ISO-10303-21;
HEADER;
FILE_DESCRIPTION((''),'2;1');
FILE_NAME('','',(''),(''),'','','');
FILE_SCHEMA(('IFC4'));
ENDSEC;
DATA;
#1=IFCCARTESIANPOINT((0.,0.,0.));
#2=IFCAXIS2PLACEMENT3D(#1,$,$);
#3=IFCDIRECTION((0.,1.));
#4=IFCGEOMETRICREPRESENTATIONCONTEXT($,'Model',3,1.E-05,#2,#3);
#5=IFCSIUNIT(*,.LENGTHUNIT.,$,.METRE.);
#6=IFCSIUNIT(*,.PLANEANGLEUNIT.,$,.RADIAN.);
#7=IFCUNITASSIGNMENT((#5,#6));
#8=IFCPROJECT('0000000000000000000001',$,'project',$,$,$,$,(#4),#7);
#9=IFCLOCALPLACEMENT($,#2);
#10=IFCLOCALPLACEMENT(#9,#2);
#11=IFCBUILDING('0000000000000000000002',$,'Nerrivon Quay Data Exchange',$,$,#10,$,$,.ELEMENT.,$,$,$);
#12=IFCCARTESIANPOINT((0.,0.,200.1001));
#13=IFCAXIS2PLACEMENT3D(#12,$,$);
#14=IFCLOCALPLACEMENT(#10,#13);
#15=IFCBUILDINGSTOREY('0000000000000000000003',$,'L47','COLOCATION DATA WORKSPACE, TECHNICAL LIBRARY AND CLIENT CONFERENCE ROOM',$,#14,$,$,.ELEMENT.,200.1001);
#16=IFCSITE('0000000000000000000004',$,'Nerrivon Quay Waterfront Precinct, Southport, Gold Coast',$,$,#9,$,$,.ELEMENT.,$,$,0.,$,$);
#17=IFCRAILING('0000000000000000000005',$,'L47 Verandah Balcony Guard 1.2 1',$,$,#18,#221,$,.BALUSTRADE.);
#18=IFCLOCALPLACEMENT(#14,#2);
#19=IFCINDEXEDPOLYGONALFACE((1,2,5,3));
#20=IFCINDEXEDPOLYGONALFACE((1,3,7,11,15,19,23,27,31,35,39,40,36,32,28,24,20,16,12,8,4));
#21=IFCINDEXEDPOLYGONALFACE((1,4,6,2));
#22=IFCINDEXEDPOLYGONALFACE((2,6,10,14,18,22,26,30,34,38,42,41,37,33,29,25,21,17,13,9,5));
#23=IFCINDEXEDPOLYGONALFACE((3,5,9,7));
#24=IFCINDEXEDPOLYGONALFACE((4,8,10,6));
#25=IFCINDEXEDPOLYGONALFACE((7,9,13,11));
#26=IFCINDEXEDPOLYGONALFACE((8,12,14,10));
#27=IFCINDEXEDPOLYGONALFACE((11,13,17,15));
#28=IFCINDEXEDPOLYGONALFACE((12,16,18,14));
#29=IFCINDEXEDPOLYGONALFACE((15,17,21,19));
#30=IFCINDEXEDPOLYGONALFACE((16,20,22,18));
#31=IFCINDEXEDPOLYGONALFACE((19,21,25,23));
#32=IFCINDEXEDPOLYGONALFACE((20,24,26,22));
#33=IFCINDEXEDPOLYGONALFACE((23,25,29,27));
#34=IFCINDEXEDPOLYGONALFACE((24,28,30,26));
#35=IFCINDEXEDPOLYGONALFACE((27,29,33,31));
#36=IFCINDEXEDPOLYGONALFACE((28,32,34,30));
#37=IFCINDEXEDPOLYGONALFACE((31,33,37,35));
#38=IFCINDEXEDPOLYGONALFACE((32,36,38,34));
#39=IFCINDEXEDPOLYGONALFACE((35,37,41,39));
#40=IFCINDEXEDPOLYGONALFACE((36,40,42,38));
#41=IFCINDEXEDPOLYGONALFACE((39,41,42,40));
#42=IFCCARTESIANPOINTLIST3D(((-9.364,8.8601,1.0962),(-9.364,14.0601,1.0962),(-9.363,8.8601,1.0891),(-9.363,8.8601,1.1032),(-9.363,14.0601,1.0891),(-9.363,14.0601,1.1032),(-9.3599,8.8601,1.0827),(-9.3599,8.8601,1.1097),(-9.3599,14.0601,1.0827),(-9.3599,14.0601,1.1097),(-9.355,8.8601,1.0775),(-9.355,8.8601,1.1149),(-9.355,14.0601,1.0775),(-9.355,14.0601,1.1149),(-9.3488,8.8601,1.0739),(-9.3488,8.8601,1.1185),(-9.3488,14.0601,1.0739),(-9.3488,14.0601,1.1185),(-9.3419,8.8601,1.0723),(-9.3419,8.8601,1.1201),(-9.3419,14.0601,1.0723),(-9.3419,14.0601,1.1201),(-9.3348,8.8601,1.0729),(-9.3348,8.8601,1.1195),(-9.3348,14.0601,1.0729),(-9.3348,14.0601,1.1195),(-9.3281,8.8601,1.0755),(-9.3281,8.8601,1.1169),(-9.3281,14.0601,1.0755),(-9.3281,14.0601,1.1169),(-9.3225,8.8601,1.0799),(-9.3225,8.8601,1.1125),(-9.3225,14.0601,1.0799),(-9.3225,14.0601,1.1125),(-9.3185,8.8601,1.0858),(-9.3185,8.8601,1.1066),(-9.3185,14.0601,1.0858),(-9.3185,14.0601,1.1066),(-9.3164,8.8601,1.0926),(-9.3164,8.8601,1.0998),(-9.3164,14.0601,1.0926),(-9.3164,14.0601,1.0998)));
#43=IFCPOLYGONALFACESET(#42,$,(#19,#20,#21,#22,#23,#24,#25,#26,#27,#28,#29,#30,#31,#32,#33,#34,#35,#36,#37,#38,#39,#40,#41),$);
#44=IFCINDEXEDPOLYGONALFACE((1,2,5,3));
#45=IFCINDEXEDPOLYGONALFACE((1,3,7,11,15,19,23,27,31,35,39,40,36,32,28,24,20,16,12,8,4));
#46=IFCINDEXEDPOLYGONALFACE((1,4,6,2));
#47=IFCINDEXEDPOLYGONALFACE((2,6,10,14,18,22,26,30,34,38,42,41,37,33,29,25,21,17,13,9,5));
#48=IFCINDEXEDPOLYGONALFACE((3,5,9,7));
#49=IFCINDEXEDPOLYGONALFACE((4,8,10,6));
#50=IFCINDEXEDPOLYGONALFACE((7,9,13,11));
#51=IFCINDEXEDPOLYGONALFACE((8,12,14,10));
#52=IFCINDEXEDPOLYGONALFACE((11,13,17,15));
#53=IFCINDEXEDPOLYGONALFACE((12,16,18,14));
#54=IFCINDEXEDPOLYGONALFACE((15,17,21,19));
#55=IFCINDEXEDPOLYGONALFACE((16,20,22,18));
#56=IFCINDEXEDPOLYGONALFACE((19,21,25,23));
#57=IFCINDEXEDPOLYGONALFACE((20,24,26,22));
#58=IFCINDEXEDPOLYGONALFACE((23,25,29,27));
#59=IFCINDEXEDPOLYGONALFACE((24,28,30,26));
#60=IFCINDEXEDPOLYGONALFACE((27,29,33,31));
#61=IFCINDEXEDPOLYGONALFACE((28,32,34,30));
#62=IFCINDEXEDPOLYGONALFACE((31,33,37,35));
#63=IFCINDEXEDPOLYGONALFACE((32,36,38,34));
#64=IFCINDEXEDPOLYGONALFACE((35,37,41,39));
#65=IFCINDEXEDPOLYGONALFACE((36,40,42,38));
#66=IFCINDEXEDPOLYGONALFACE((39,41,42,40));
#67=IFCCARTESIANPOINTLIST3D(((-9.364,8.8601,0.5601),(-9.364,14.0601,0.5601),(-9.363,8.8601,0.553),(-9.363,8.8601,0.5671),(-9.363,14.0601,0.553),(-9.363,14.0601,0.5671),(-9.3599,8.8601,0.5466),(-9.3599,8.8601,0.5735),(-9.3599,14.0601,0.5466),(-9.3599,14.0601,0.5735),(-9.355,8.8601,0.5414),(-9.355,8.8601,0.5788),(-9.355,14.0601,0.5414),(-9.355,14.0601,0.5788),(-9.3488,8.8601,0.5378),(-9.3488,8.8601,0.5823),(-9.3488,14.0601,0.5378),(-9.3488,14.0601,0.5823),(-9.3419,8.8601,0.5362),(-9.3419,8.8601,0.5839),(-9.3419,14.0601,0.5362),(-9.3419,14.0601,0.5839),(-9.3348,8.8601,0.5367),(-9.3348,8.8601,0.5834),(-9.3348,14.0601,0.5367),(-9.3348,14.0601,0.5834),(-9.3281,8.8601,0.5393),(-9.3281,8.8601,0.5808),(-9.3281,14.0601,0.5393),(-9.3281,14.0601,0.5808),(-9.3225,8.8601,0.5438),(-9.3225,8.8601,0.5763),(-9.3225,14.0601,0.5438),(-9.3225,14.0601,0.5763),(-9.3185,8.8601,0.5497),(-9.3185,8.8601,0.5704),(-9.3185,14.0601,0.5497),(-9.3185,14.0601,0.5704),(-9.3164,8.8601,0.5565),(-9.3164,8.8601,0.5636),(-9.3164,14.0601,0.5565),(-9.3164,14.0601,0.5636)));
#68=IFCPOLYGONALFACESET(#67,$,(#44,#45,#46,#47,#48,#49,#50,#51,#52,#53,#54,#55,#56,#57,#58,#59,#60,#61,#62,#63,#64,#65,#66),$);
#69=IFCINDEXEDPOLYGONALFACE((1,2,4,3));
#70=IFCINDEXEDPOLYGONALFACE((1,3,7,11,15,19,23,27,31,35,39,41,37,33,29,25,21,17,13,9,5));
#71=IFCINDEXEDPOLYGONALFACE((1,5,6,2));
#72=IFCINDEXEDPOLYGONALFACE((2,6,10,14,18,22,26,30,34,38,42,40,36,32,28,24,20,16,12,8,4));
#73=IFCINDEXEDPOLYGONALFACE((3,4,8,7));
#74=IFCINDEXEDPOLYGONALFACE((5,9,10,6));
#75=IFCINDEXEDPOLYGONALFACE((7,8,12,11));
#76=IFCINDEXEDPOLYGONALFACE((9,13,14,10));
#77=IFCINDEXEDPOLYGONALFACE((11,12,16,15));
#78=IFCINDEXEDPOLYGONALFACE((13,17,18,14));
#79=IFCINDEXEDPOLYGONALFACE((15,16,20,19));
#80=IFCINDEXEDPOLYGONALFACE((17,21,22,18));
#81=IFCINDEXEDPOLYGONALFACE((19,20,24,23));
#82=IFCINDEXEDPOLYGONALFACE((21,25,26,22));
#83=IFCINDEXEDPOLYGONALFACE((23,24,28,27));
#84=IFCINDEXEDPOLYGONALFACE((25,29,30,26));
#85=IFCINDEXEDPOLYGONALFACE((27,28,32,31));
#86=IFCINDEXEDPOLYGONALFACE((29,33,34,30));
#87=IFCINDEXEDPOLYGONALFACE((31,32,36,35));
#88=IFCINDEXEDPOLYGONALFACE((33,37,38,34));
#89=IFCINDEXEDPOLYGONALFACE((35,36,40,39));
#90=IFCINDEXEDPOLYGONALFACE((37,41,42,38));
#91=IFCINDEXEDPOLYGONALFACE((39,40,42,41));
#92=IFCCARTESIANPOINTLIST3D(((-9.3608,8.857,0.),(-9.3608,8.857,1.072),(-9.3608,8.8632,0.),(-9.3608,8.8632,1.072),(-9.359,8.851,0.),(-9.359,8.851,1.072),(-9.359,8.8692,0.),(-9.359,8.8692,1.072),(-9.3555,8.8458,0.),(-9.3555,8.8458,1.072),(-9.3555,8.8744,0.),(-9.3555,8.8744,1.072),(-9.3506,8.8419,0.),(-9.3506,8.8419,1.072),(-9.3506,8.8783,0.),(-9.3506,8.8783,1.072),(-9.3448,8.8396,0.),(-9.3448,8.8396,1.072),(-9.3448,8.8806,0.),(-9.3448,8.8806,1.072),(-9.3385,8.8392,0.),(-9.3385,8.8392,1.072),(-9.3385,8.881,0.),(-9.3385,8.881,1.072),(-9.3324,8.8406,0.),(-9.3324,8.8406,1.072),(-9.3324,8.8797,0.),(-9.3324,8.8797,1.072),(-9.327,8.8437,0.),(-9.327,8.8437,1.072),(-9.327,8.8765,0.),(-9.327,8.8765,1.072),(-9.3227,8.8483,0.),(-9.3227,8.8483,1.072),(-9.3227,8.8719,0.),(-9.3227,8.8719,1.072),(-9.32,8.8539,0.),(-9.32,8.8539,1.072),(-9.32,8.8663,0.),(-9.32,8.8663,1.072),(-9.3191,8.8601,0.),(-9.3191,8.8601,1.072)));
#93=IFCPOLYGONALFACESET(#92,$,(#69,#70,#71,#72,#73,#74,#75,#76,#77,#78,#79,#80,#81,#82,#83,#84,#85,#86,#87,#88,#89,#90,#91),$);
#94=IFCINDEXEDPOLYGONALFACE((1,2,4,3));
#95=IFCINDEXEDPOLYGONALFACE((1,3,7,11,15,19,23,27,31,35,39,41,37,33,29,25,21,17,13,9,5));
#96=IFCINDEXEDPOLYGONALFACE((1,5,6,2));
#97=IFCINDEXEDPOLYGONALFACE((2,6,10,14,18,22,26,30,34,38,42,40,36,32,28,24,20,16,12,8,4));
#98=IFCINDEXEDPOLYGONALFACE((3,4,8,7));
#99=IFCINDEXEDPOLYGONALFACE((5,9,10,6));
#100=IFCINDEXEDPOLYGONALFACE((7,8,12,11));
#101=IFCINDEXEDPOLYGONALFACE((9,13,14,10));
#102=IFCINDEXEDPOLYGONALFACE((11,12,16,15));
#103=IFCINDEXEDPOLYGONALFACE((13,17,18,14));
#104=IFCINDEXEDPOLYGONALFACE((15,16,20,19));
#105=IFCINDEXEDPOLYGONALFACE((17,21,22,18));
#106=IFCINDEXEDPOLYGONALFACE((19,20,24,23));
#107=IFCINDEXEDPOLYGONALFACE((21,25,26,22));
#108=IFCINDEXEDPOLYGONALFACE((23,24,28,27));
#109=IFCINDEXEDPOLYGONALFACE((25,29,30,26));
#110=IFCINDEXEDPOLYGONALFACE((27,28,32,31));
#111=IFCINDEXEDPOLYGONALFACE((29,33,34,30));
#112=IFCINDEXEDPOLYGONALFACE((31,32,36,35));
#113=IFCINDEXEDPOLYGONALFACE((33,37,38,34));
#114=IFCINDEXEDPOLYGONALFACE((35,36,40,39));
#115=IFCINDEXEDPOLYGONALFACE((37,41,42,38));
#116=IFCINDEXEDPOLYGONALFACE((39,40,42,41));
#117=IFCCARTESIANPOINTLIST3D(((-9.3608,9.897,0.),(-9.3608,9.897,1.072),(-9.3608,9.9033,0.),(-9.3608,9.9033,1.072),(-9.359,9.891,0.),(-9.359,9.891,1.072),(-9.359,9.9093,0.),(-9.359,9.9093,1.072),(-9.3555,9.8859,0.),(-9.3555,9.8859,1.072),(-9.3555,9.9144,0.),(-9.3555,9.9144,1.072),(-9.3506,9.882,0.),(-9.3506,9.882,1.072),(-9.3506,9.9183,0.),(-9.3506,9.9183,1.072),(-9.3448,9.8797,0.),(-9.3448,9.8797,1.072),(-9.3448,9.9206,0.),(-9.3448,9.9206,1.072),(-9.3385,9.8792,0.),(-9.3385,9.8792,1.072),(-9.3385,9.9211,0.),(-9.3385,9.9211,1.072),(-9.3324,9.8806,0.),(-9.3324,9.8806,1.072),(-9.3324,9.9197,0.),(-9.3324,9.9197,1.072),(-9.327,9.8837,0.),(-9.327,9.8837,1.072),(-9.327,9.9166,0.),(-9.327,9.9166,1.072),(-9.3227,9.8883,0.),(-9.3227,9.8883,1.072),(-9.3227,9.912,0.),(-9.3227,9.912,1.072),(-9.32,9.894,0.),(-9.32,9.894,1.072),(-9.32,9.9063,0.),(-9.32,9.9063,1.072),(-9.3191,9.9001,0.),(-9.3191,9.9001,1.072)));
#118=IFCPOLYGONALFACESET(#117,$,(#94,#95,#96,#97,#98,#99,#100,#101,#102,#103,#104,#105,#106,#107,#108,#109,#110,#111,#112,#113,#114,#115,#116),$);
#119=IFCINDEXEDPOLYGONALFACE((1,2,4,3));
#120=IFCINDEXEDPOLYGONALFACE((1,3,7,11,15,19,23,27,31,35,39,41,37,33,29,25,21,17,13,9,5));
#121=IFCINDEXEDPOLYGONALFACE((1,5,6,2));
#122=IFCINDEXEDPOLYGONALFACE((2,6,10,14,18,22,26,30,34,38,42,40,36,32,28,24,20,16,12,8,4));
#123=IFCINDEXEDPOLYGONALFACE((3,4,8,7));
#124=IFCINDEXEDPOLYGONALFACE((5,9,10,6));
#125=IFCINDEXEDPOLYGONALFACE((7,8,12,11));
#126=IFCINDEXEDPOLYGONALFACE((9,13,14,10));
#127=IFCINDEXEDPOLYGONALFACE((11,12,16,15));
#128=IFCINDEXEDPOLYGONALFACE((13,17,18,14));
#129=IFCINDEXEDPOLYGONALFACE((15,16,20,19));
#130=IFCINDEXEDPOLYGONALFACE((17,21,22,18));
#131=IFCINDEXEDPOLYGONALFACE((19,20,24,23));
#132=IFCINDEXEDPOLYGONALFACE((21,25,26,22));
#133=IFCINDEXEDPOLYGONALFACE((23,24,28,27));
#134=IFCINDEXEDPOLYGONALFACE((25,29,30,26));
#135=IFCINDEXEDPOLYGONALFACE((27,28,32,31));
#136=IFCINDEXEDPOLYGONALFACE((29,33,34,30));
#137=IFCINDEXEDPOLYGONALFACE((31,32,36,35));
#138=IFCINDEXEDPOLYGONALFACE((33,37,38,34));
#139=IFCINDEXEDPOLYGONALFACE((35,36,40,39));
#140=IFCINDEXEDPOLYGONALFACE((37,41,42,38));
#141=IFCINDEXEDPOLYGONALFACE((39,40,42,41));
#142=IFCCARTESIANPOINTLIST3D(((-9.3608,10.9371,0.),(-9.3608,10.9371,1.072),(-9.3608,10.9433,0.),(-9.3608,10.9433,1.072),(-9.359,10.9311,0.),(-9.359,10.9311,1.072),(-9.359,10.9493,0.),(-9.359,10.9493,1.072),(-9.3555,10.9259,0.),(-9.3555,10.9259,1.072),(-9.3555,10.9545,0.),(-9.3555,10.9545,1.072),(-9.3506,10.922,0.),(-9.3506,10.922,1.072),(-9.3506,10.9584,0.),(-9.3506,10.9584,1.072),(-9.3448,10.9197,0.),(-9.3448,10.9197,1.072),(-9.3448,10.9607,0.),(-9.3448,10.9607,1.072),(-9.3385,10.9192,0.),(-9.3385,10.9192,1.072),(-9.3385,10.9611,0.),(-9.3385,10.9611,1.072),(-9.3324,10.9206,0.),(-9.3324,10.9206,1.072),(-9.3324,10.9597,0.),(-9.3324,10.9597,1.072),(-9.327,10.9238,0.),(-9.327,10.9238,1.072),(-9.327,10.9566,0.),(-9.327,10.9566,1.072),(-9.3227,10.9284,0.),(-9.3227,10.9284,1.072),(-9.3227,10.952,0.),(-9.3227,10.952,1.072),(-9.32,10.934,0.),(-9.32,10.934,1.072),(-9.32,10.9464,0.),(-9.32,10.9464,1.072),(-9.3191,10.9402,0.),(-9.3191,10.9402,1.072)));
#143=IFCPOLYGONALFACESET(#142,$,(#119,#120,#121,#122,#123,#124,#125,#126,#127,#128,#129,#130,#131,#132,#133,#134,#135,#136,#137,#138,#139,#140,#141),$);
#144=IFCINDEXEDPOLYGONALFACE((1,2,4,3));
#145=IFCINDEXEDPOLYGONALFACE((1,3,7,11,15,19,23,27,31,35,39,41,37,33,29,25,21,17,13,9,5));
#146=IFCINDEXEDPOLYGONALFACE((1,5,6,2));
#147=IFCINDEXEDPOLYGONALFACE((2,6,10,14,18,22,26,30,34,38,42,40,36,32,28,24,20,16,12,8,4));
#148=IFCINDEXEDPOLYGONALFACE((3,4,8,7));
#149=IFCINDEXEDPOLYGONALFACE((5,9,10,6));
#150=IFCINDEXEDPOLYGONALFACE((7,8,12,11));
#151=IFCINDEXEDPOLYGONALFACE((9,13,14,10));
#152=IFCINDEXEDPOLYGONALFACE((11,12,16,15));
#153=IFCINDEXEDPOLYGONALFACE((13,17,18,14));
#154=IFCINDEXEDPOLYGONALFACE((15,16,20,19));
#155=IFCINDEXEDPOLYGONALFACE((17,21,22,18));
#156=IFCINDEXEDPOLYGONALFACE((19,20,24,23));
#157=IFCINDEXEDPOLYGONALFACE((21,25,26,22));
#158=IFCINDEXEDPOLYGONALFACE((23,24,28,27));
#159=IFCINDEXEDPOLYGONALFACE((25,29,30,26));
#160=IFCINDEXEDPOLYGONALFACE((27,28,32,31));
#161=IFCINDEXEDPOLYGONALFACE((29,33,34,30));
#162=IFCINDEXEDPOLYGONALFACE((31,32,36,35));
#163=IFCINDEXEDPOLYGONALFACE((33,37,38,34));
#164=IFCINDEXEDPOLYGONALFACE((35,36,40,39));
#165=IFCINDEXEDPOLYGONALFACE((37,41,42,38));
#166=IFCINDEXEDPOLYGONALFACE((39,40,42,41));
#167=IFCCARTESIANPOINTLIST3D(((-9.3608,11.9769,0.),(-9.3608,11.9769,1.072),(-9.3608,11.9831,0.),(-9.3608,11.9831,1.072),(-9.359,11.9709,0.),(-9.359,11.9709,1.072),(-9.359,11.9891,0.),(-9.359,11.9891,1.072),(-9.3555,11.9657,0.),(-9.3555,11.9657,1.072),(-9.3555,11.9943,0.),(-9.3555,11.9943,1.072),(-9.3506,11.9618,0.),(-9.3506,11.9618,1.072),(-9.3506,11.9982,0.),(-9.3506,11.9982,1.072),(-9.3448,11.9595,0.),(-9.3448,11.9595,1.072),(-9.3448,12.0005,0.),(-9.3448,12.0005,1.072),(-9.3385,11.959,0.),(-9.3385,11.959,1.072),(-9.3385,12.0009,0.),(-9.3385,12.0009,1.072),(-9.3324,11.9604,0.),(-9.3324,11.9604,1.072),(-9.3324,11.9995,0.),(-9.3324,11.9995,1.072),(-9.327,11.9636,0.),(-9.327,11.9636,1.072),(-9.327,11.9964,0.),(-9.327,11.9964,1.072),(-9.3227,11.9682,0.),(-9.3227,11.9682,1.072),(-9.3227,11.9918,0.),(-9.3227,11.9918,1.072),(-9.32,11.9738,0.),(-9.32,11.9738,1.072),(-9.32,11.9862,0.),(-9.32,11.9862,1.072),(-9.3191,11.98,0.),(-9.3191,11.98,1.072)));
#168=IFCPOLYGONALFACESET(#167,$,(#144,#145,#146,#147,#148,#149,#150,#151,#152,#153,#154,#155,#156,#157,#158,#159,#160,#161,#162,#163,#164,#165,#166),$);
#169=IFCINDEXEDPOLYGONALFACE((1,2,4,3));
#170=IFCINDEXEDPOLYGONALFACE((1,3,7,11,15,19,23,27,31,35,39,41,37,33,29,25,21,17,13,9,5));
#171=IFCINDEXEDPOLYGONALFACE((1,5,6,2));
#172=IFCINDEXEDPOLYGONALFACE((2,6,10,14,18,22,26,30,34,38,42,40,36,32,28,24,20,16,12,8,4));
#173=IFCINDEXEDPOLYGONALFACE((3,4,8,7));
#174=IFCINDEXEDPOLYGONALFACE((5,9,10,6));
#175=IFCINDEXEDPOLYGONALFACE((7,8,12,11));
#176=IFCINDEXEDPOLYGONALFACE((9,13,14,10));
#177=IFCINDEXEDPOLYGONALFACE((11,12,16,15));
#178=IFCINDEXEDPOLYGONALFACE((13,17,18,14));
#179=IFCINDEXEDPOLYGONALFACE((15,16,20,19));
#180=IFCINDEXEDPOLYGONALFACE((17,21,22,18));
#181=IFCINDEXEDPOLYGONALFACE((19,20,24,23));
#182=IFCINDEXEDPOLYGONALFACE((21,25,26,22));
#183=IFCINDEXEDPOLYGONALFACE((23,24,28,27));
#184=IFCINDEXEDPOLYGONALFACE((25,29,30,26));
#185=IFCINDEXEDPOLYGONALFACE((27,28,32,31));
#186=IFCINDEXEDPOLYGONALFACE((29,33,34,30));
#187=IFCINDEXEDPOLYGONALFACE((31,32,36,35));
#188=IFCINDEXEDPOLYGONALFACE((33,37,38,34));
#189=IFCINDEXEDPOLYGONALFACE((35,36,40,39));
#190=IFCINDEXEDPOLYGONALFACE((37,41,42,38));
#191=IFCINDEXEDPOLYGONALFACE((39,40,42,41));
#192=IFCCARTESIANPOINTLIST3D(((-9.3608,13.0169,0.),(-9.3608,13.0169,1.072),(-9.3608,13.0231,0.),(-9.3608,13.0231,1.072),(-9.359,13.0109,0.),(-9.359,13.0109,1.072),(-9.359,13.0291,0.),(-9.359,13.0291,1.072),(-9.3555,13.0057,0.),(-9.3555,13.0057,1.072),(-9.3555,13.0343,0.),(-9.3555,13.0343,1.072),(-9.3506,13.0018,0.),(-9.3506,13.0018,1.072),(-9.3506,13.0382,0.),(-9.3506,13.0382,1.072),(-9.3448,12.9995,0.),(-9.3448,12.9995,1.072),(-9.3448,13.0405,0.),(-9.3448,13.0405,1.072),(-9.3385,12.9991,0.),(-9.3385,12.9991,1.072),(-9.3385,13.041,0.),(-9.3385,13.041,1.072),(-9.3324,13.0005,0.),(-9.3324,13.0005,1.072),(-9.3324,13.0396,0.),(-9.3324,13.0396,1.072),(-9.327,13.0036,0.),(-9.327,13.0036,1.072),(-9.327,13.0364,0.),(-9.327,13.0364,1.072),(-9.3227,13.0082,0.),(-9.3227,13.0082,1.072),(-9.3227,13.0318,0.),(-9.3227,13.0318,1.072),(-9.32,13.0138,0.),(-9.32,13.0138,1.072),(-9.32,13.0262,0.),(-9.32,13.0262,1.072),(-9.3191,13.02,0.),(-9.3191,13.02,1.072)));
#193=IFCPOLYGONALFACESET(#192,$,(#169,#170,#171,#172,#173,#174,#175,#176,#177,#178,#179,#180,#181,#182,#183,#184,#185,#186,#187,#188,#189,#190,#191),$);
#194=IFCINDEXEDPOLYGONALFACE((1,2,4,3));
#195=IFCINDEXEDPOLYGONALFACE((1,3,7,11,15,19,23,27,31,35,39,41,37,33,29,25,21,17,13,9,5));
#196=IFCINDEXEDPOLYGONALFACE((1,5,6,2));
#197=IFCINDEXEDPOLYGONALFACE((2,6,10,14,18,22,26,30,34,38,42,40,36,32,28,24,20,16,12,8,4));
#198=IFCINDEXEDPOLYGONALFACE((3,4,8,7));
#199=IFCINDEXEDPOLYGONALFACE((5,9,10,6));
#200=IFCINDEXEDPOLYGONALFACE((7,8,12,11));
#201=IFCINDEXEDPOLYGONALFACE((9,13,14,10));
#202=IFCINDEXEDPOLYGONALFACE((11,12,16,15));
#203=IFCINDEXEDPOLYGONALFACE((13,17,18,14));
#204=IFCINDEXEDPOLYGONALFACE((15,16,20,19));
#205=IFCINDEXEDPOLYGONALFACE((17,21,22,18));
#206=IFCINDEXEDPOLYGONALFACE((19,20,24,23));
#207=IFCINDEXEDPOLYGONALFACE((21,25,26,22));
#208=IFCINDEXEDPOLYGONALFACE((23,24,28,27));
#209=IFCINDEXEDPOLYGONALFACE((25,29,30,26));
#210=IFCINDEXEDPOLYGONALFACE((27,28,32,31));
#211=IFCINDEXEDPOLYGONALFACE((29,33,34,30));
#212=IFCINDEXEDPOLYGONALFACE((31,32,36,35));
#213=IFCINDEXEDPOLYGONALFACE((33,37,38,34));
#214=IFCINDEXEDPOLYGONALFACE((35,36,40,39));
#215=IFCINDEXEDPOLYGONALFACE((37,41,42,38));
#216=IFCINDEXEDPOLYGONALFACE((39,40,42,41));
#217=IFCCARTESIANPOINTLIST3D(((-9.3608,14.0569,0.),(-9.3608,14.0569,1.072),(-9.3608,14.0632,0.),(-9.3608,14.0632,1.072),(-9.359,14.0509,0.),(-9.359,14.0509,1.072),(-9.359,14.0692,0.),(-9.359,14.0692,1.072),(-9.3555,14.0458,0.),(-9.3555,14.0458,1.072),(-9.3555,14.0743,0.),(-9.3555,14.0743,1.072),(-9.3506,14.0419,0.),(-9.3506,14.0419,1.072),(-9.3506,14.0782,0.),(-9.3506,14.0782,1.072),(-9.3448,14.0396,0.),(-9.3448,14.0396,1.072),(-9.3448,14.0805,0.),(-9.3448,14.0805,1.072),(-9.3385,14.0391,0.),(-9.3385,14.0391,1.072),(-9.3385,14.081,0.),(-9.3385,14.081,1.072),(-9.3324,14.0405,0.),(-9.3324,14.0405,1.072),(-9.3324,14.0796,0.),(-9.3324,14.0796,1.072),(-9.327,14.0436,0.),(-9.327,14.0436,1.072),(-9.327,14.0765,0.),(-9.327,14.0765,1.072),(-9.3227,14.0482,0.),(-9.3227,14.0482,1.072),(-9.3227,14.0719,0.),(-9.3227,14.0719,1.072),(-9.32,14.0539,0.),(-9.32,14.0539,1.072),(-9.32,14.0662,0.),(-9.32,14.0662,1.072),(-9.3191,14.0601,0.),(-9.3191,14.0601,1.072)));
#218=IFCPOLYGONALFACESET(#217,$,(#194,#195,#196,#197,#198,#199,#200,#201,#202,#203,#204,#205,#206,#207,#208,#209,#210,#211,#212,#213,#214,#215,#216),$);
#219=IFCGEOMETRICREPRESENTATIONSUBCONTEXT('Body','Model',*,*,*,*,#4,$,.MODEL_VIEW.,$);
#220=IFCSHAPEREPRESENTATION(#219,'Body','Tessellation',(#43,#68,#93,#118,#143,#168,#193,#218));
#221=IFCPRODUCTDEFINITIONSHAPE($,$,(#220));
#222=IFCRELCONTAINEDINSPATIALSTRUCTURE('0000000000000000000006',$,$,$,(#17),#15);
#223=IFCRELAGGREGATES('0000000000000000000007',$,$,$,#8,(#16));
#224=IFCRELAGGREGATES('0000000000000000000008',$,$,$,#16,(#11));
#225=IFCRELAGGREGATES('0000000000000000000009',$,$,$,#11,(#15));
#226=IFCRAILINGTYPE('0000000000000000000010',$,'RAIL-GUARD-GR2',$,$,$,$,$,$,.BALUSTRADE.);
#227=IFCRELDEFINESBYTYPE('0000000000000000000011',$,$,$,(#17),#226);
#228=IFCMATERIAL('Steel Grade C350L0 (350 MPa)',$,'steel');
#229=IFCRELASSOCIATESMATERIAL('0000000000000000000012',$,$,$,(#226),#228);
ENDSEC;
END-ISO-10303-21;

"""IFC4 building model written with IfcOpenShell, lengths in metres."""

from ifc_helpers import new_model, si_unit, direction, frame, origin, origin_2d, place, context, subcontext, project, spatial, circle, extrude, material, type_object, element, save


model = new_model("IFC4")

# Units and contexts
model_context = context("Model", 3, precision=1e-05, world=origin(), true_north=direction((0.0, 1.0)))
body_context = subcontext(model_context, "Body", "Model", "MODEL_VIEW")
ifc_project = project(units=[si_unit("LENGTHUNIT", "METRE"), si_unit("PLANEANGLEUNIT", "RADIAN")], contexts=[model_context])

# Site, building, storey
site_placement = place(None, origin())
site = spatial("IfcSite", under=ifc_project, at=site_placement, Name="Nerrivon Quay Waterfront Precinct, Southport, Gold Coast", CompositionType="ELEMENT", RefElevation=0.0)
building_placement = place(site_placement, origin())
building = spatial("IfcBuilding", under=site, at=building_placement, Name="Nerrivon Quay Data Exchange", CompositionType="ELEMENT")
storey_placement = place(building_placement, frame((0.0, 0.0, 200.1001)))
storey = spatial("IfcBuildingStorey", under=building, at=storey_placement, Name="L47", Description="COLOCATION DATA WORKSPACE, TECHNICAL LIBRARY AND CLIENT CONFERENCE ROOM", CompositionType="ELEMENT", Elevation=200.1001)

# Railing
ifc_material_1 = material(Name="Steel Grade C350L0 (350 MPa)", Category="steel")
railing_type = type_object("IfcRailingType", Name="RAIL-GUARD-GR2", PredefinedType="BALUSTRADE", material=ifc_material_1)
railing_1_placement = place(storey_placement, frame((-9.3401, 8.8601, 0.0)))
element("IfcRailing", 1, at=railing_1_placement, inside=storey, type_object=railing_type, Name="L47 Verandah Balcony Guard 1.2 1", PredefinedType="BALUSTRADE", context=body_context, shape_type="SweptSolid", body=[
    extrude(circle(Radius=0.0239, at=origin_2d()), frame((0.0, 0.0, 1.0962), z_axis=(0.0, 1.0, 0.0), x_axis=(-1.0, 0.0, 0.0)), (0.0, 0.0, 1.0), 5.2),
    extrude(circle(Radius=0.0239, at=origin_2d()), frame((0.0, 0.0, 0.5601), z_axis=(0.0, 1.0, 0.0), x_axis=(-1.0, 0.0, 0.0)), (0.0, 0.0, 1.0), 5.2),
    extrude(circle(Radius=0.021, at=origin_2d()), origin(), (0.0, 0.0, 1.0), 1.072),
    extrude(circle(Radius=0.021, at=origin_2d()), frame((0.0, 1.04, 0.0)), (0.0, 0.0, 1.0), 1.072),
    extrude(circle(Radius=0.021, at=origin_2d()), frame((0.0, 2.0801, 0.0)), (0.0, 0.0, 1.0), 1.072),
    extrude(circle(Radius=0.021, at=origin_2d()), frame((0.0, 3.1199, 0.0)), (0.0, 0.0, 1.0), 1.072),
    extrude(circle(Radius=0.021, at=origin_2d()), frame((0.0, 4.1599, 0.0)), (0.0, 0.0, 1.0), 1.072),
    extrude(circle(Radius=0.021, at=origin_2d()), frame((0.0, 5.2, 0.0)), (0.0, 0.0, 1.0), 1.072),
])

save(model, "model.ifc")
